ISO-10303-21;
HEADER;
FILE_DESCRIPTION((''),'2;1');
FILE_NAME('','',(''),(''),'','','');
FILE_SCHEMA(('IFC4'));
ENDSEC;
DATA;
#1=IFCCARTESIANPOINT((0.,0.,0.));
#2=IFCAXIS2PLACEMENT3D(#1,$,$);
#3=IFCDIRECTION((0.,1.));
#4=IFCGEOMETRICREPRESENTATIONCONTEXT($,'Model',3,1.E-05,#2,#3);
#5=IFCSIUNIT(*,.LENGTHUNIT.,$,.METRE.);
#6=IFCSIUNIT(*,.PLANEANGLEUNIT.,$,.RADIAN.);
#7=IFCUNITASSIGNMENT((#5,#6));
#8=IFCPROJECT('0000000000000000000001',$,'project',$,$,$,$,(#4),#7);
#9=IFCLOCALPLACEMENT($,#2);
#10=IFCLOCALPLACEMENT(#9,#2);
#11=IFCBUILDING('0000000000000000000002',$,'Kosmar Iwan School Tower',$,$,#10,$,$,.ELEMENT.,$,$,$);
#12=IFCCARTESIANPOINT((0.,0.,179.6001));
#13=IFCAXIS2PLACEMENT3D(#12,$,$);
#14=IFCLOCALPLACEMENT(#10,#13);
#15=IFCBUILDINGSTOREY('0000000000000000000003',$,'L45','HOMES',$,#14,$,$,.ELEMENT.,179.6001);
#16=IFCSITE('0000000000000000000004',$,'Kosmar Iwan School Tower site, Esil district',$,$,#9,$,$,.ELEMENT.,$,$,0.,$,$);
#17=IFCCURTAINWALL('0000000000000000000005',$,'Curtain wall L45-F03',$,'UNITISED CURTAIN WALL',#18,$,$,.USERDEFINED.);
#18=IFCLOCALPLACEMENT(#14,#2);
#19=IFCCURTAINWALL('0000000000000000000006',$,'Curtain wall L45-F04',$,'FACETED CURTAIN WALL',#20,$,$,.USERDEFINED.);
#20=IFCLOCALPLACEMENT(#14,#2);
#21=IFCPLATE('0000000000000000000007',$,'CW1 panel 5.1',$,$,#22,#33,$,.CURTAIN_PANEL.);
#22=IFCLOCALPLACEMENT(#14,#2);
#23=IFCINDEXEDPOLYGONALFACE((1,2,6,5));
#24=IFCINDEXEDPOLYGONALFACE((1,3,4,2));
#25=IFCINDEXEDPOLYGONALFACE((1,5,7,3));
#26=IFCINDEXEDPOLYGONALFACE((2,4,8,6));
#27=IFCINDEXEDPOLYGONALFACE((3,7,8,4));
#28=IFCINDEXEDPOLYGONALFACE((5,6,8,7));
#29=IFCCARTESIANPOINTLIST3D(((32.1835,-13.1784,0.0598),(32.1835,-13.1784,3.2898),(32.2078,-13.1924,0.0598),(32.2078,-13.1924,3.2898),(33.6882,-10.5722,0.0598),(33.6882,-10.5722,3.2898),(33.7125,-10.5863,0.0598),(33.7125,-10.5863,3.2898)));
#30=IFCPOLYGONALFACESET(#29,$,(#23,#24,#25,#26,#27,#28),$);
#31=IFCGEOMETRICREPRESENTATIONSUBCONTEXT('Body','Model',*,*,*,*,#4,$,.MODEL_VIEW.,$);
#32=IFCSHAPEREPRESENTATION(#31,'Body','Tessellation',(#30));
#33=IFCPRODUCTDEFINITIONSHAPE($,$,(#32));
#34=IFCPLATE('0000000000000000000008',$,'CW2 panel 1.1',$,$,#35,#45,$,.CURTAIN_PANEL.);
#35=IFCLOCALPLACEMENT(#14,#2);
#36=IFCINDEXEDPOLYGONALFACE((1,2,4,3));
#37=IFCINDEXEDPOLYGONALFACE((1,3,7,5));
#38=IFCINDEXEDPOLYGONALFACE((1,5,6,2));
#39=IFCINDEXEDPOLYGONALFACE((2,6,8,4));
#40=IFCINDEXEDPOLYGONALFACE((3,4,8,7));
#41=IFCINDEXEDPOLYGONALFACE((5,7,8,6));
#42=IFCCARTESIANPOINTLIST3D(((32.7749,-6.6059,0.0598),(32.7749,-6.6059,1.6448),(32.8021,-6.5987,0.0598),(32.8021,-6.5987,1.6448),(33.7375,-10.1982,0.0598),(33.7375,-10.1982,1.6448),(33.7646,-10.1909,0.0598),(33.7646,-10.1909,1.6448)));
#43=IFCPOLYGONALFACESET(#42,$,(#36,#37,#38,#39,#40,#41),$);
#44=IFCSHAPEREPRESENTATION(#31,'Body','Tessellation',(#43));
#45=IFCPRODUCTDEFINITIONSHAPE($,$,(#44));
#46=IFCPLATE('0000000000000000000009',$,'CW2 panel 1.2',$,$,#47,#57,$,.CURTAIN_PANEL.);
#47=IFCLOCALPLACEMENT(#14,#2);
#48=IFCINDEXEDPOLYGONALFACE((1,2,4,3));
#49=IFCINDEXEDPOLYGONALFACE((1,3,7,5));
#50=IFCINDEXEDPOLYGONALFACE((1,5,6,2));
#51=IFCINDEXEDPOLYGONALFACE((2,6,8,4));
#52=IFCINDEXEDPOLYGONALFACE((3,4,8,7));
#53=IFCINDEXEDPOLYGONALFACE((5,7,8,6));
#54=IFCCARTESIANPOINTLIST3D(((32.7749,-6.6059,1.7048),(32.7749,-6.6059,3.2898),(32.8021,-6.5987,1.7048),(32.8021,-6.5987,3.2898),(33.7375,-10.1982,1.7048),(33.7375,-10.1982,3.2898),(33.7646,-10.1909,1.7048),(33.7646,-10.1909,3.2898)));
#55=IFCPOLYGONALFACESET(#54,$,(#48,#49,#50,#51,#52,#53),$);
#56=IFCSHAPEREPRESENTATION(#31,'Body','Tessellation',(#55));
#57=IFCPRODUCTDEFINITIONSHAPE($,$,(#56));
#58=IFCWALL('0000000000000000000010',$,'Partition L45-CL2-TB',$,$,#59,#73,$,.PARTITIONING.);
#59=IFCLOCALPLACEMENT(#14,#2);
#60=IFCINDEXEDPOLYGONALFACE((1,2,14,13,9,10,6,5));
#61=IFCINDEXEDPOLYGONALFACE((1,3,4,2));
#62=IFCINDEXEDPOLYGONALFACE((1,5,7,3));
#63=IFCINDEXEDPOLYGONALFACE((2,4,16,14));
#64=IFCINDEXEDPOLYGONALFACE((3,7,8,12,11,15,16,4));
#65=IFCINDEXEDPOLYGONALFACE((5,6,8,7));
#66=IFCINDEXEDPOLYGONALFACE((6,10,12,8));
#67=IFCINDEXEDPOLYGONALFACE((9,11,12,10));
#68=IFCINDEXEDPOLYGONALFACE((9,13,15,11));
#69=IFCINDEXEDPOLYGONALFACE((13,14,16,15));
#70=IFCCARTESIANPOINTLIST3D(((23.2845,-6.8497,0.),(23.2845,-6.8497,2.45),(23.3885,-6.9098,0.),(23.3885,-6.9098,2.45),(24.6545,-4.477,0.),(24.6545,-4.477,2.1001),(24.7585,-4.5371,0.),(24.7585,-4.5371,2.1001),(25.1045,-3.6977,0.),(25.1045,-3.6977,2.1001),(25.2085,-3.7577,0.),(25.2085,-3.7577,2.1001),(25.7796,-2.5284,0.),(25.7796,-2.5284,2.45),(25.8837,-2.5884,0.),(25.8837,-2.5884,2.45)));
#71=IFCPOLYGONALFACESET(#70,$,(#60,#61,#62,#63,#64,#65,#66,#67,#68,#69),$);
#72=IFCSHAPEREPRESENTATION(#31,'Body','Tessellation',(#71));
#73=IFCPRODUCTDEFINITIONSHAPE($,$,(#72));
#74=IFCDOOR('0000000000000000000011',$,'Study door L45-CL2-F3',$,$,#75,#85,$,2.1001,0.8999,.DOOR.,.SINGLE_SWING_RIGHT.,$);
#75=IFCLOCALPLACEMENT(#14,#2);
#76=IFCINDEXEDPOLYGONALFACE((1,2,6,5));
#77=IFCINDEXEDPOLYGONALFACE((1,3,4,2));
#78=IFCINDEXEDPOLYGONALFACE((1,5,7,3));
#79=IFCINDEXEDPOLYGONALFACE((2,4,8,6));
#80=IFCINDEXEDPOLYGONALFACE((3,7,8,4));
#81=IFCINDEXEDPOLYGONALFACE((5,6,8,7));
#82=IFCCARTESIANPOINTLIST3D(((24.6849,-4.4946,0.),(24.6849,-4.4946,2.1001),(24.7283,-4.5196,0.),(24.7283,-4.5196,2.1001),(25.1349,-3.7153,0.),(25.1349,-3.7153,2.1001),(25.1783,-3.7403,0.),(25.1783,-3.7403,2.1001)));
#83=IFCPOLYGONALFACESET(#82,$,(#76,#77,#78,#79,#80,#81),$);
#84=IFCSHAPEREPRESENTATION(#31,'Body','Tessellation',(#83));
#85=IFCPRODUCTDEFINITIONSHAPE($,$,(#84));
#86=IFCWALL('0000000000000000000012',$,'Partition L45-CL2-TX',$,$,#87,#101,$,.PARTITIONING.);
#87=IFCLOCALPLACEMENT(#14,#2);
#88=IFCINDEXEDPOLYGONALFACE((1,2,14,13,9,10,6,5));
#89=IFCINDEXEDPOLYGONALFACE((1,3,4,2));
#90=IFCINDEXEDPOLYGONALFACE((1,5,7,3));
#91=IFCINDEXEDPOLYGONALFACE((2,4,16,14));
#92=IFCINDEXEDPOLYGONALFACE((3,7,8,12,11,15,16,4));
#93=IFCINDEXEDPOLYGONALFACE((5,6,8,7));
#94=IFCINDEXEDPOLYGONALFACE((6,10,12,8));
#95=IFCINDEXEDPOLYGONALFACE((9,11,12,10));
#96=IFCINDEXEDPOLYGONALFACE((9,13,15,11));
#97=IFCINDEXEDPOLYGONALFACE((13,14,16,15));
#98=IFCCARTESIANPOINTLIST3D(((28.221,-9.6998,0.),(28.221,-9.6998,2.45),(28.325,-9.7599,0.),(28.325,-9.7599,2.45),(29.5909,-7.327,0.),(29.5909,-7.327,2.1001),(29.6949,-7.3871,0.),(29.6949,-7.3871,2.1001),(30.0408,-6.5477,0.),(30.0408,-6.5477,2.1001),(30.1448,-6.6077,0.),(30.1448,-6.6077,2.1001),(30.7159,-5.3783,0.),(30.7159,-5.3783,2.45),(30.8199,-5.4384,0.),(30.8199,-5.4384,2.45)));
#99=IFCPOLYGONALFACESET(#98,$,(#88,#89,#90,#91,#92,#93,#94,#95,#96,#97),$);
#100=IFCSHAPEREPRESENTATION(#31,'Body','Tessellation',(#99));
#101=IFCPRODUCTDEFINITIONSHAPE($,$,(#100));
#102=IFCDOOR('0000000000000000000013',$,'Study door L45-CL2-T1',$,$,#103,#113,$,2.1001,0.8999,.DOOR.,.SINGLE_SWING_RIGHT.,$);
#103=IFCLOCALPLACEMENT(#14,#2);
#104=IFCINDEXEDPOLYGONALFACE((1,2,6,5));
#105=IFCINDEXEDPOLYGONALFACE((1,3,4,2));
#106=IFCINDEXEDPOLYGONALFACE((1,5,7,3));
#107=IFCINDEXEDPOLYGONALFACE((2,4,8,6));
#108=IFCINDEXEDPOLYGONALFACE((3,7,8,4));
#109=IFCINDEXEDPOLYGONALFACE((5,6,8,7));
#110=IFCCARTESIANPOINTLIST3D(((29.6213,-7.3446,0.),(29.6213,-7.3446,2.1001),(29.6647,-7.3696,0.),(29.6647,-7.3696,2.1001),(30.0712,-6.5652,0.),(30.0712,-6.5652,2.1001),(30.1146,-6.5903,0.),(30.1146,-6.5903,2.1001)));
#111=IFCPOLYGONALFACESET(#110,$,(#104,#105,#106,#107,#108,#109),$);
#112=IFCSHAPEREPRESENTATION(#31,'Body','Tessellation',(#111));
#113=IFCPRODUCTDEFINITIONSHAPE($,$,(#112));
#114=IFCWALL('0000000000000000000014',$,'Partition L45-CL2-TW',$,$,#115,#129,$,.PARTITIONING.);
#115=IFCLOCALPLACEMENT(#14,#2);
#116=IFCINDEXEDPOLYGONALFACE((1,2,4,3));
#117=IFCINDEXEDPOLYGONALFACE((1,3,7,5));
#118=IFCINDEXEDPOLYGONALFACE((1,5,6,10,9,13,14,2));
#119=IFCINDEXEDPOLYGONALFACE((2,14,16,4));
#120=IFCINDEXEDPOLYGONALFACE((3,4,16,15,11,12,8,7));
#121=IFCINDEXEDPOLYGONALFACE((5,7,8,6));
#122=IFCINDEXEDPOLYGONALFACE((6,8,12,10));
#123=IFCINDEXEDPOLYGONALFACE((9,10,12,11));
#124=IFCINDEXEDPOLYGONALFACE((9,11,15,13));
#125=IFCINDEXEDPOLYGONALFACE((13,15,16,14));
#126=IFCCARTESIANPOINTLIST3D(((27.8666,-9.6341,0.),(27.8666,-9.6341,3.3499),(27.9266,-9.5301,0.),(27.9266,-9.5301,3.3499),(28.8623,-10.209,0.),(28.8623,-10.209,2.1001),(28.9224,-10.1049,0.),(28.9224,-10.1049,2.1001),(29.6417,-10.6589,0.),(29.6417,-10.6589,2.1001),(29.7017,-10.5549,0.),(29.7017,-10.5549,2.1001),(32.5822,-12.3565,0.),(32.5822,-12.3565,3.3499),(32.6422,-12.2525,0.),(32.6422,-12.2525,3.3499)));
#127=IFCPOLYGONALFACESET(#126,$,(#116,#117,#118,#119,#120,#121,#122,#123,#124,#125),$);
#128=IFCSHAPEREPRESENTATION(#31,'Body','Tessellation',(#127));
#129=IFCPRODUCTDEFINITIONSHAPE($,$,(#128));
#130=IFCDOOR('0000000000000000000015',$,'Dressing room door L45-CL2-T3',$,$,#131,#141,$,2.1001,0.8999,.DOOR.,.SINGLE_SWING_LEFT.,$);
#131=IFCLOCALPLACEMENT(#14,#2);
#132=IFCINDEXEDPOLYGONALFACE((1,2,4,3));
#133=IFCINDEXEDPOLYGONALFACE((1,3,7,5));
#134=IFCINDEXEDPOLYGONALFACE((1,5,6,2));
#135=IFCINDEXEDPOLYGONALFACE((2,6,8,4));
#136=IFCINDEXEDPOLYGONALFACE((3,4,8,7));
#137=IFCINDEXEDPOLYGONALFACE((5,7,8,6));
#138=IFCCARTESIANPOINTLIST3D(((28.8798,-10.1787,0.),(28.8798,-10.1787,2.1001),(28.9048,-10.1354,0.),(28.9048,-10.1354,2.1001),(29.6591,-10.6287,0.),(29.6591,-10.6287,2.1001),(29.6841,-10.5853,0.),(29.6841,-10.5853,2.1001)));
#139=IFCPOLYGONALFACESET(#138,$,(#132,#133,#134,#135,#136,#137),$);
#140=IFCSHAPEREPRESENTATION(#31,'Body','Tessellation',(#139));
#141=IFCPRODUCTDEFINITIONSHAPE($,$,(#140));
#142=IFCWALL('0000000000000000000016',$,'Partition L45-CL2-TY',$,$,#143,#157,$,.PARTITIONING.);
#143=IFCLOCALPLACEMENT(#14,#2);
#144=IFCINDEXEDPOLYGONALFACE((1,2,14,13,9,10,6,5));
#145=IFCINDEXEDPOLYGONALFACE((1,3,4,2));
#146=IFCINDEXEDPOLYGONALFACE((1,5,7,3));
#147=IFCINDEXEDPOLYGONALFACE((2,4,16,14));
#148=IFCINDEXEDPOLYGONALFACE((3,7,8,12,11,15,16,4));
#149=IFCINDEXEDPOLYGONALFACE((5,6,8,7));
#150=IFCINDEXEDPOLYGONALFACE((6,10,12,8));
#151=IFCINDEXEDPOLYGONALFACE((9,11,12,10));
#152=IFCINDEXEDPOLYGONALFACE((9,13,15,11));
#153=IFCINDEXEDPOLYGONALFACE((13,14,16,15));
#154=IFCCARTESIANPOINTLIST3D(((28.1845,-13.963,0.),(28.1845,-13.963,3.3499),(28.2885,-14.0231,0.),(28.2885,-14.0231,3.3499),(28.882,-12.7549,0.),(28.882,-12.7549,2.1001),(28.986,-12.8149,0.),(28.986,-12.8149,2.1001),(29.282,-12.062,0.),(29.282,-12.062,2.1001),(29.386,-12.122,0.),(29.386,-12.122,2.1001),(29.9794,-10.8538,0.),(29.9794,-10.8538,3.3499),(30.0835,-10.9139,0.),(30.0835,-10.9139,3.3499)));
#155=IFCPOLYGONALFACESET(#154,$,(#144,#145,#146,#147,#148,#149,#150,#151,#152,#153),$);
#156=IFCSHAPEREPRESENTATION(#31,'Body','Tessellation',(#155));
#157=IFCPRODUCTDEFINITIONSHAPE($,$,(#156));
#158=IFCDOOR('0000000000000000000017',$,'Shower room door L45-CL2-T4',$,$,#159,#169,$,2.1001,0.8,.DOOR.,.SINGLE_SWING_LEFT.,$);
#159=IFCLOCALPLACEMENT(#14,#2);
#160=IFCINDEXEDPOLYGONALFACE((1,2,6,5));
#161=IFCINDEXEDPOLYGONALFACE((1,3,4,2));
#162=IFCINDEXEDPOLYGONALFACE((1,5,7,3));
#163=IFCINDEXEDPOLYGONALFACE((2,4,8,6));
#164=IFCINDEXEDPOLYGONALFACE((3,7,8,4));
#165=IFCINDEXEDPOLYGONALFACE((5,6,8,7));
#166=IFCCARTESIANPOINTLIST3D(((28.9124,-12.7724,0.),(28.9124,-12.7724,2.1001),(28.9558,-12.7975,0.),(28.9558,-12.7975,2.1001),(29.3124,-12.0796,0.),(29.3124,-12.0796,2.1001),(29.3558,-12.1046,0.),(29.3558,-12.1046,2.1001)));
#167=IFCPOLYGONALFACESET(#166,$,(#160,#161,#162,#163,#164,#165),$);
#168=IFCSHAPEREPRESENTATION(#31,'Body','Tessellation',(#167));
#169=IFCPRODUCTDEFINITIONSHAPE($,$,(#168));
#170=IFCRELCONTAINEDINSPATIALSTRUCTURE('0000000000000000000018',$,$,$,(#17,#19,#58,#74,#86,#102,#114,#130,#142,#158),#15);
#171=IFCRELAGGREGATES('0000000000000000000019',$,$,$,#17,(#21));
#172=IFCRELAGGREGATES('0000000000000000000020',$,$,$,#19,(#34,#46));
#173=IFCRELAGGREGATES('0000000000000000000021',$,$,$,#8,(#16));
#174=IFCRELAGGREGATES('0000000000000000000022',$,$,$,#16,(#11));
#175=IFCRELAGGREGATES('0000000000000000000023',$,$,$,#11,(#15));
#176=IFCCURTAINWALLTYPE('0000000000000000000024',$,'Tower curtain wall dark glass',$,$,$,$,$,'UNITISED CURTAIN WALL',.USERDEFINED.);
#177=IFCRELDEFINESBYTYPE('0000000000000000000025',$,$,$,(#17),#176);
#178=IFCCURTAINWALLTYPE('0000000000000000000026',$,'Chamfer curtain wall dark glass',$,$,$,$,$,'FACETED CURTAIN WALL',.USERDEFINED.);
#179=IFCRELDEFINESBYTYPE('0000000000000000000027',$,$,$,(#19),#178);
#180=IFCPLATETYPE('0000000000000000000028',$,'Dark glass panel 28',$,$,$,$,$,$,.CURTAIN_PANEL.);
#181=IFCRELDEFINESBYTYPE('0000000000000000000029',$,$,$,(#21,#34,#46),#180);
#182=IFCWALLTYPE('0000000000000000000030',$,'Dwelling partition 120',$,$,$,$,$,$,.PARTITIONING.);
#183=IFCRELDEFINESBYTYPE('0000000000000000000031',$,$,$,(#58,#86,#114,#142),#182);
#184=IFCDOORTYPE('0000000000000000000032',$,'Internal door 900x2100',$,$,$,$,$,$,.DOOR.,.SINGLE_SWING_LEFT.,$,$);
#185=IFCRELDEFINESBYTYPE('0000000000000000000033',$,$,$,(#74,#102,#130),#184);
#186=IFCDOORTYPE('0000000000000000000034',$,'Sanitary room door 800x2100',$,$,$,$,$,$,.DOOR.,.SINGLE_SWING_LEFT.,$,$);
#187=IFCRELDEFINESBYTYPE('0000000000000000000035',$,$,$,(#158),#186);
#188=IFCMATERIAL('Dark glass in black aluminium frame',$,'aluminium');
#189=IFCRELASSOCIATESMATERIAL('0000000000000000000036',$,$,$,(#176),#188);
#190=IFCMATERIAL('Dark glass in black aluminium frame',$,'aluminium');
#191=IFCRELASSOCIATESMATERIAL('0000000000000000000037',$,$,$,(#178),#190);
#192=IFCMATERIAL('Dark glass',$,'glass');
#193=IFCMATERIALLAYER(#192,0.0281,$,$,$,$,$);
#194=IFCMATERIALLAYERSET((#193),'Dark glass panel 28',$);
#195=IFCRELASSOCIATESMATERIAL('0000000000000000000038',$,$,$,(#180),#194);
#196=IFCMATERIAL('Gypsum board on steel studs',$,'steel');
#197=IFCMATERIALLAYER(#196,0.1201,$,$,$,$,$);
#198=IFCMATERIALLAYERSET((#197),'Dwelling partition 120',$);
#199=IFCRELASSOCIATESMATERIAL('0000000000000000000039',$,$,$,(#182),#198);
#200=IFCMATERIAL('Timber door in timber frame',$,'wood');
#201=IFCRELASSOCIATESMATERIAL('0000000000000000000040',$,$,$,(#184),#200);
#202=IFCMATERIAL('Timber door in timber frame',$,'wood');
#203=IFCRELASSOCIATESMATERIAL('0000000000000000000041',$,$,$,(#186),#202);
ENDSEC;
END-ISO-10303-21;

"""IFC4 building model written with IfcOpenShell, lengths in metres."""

from ifc_helpers import new_model, si_unit, direction, frame, frame_2d, origin, origin_2d, place, context, subcontext, project, spatial, rectangle, extrude, material, layer, layer_set, type_object, element, fill, aggregate, save


model = new_model("IFC4")

# Units and contexts
model_context = context("Model", 3, precision=1e-05, world=origin(), true_north=direction((0.0, 1.0)))
body_context = subcontext(model_context, "Body", "Model", "MODEL_VIEW")
ifc_project = project(units=[si_unit("LENGTHUNIT", "METRE"), si_unit("PLANEANGLEUNIT", "RADIAN")], contexts=[model_context])

# Site, building, storey
site_placement = place(None, origin())
site = spatial("IfcSite", under=ifc_project, at=site_placement, Name="Kosmar Iwan School Tower site, Esil district", CompositionType="ELEMENT", RefElevation=0.0)
building_placement = place(site_placement, origin())
building = spatial("IfcBuilding", under=site, at=building_placement, Name="Kosmar Iwan School Tower", CompositionType="ELEMENT")
storey_placement = place(building_placement, frame((0.0, 0.0, 179.6001)))
storey = spatial("IfcBuildingStorey", under=building, at=storey_placement, Name="L45", Description="HOMES", CompositionType="ELEMENT", Elevation=179.6001)

# Curtain wall
ifc_material_1 = material(Name="Dark glass in black aluminium frame", Category="aluminium")
curtain_wall_type_1 = type_object("IfcCurtainWallType", Name="Tower curtain wall dark glass", ElementType="UNITISED CURTAIN WALL", PredefinedType="USERDEFINED", material=ifc_material_1)
curtain_wall_1_placement = place(storey_placement, origin())
curtain_wall_1 = element("IfcCurtainWall", 1, at=curtain_wall_1_placement, inside=storey, type_object=curtain_wall_type_1, Name="Curtain wall L45-F03", ObjectType="UNITISED CURTAIN WALL", PredefinedType="USERDEFINED")

# Curtain wall
ifc_material_2 = material(Name="Dark glass in black aluminium frame", Category="aluminium")
curtain_wall_type_2 = type_object("IfcCurtainWallType", Name="Chamfer curtain wall dark glass", ElementType="FACETED CURTAIN WALL", PredefinedType="USERDEFINED", material=ifc_material_2)
curtain_wall_2_placement = place(storey_placement, origin())
curtain_wall_2 = element("IfcCurtainWall", 2, at=curtain_wall_2_placement, inside=storey, type_object=curtain_wall_type_2, Name="Curtain wall L45-F04", ObjectType="FACETED CURTAIN WALL", PredefinedType="USERDEFINED")

# Plates
ifc_material_3 = material(Name="Dark glass", Category="glass")
ifc_layer_1 = layer(ifc_material_3, 0.0281)
ifc_layer_set_1 = layer_set([ifc_layer_1], Name="Dark glass panel 28")
plate_type = type_object("IfcPlateType", Name="Dark glass panel 28", PredefinedType="CURTAIN_PANEL", material=ifc_layer_set_1)
plate_1_placement = place(storey_placement, frame((32.948, -11.8823, 0.0598), z_axis=(0.0, 0.0, 1.0), x_axis=(0.5, 0.866025, 0.0)))
plate_1 = element("IfcPlate", 3, at=plate_1_placement, type_object=plate_type, Name="CW1 panel 5.1", PredefinedType="CURTAIN_PANEL", context=body_context, shape_type="SweptSolid", body=[
    extrude(rectangle(XDim=3.0093, YDim=0.0281, at=origin_2d()), origin(), (0.0, 0.0, 1.0), 3.23),
])
aggregate(curtain_wall_1, [plate_1])
plate_2_placement = place(storey_placement, frame((33.2698, -8.3984, 0.0598), z_axis=(0.0, 0.0, 1.0), x_axis=(-0.258819, 0.965926, 0.0)))
plate_2 = element("IfcPlate", 4, at=plate_2_placement, type_object=plate_type, Name="CW2 panel 1.1", PredefinedType="CURTAIN_PANEL", context=body_context, shape_type="SweptSolid", body=[
    extrude(rectangle(XDim=3.719, YDim=0.0281, at=origin_2d()), origin(), (0.0, 0.0, 1.0), 1.585),
])
plate_3_placement = place(storey_placement, frame((33.2698, -8.3984, 1.7048), z_axis=(0.0, 0.0, 1.0), x_axis=(-0.258819, 0.965926, 0.0)))
plate_3 = element("IfcPlate", 5, at=plate_3_placement, type_object=plate_type, Name="CW2 panel 1.2", PredefinedType="CURTAIN_PANEL", context=body_context, shape_type="SweptSolid", body=[
    extrude(rectangle(XDim=3.719, YDim=0.0281, at=origin_2d()), origin(), (0.0, 0.0, 1.0), 1.585),
])
aggregate(curtain_wall_2, [plate_2, plate_3])

# Walls, openings, doors
ifc_material_4 = material(Name="Gypsum board on steel studs", Category="steel")
ifc_layer_2 = layer(ifc_material_4, 0.1201)
ifc_layer_set_2 = layer_set([ifc_layer_2], Name="Dwelling partition 120")
wall_type_1 = type_object("IfcWallType", Name="Dwelling partition 120", PredefinedType="PARTITIONING", material=ifc_layer_set_2)
wall_1_placement = place(storey_placement, frame((23.3364, -6.8799, 0.0), z_axis=(0.0, 0.0, 1.0), x_axis=(0.500033, 0.866006, 0.0)))
wall_1 = element("IfcWall", 6, at=wall_1_placement, inside=storey, type_object=wall_type_1, Name="Partition L45-CL2-TB", PredefinedType="PARTITIONING", context=body_context, shape_type="SweptSolid", body=[
    extrude(rectangle(XDim=4.99, YDim=0.1201, at=frame_2d((2.4951, 0.0))), origin(), (0.0, 0.0, 1.0), 2.45),
])
opening_1_placement = place(wall_1_placement, frame((2.74, 0.0, 0.0)))
opening_1 = element("IfcOpeningElement", 7, at=opening_1_placement, cuts=wall_1, PredefinedType="OPENING", context=body_context, shape_type="SweptSolid", body=[
    extrude(rectangle(XDim=0.8999, YDim=2.1001, at=frame_2d((0.45, 1.05))), frame((0.0, 0.072, 0.0), z_axis=(0.0, -1.0, 0.0), x_axis=(1.0, 0.0, 0.0)), (0.0, 0.0, 1.0), 0.144),
])
ifc_material_5 = material(Name="Timber door in timber frame", Category="wood")
door_type_1 = type_object("IfcDoorType", Name="Internal door 900x2100", OperationType="SINGLE_SWING_LEFT", PredefinedType="DOOR", material=ifc_material_5)
door_1_placement = place(opening_1_placement, origin())
door_1 = element("IfcDoor", 8, at=door_1_placement, inside=storey, type_object=door_type_1, Name="Study door L45-CL2-F3", OperationType="SINGLE_SWING_RIGHT", OverallHeight=2.1001, OverallWidth=0.8999, PredefinedType="DOOR", context=body_context, shape_type="SweptSolid", body=[
    extrude(rectangle(XDim=0.8999, YDim=2.1001, at=frame_2d((0.45, 1.05))), frame((0.0, 0.0249, 0.0), z_axis=(0.0, -1.0, 0.0), x_axis=(1.0, 0.0, 0.0)), (0.0, 0.0, 1.0), 0.05),
])
fill(opening_1, door_1)
wall_2_placement = place(storey_placement, frame((28.2729, -9.73, 0.0), z_axis=(0.0, 0.0, 1.0), x_axis=(0.499975, 0.86604, 0.0)))
wall_2 = element("IfcWall", 9, at=wall_2_placement, inside=storey, type_object=wall_type_1, Name="Partition L45-CL2-TX", PredefinedType="PARTITIONING", context=body_context, shape_type="SweptSolid", body=[
    extrude(rectangle(XDim=4.99, YDim=0.1201, at=frame_2d((2.4951, 0.0))), origin(), (0.0, 0.0, 1.0), 2.45),
])
opening_2_placement = place(wall_2_placement, frame((2.74, 0.0, 0.0)))
opening_2 = element("IfcOpeningElement", 10, at=opening_2_placement, cuts=wall_2, PredefinedType="OPENING", context=body_context, shape_type="SweptSolid", body=[
    extrude(rectangle(XDim=0.8999, YDim=2.1001, at=frame_2d((0.45, 1.05))), frame((0.0, 0.072, 0.0), z_axis=(0.0, -1.0, 0.0), x_axis=(1.0, 0.0, 0.0)), (0.0, 0.0, 1.0), 0.144),
])
door_2_placement = place(opening_2_placement, origin())
door_2 = element("IfcDoor", 11, at=door_2_placement, inside=storey, type_object=door_type_1, Name="Study door L45-CL2-T1", OperationType="SINGLE_SWING_RIGHT", OverallHeight=2.1001, OverallWidth=0.8999, PredefinedType="DOOR", context=body_context, shape_type="SweptSolid", body=[
    extrude(rectangle(XDim=0.8999, YDim=2.1001, at=frame_2d((0.45, 1.05))), frame((0.0, 0.0249, 0.0), z_axis=(0.0, -1.0, 0.0), x_axis=(1.0, 0.0, 0.0)), (0.0, 0.0, 1.0), 0.05),
])
fill(opening_2, door_2)
wall_3_placement = place(storey_placement, frame((27.8965, -9.582, 0.0), z_axis=(0.0, 0.0, 1.0), x_axis=(0.866036, -0.499982, 0.0)))
wall_3 = element("IfcWall", 12, at=wall_3_placement, inside=storey, type_object=wall_type_1, Name="Partition L45-CL2-TW", PredefinedType="PARTITIONING", context=body_context, shape_type="SweptSolid", body=[
    extrude(rectangle(XDim=5.4451, YDim=0.1201, at=frame_2d((2.7227, 0.0))), origin(), (0.0, 0.0, 1.0), 3.3499),
])
opening_3_placement = place(wall_3_placement, frame((1.1499, 0.0, 0.0)))
opening_3 = element("IfcOpeningElement", 13, at=opening_3_placement, cuts=wall_3, PredefinedType="OPENING", context=body_context, shape_type="SweptSolid", body=[
    extrude(rectangle(XDim=0.8999, YDim=2.1001, at=frame_2d((0.45, 1.05))), frame((0.0, 0.072, 0.0), z_axis=(0.0, -1.0, 0.0), x_axis=(1.0, 0.0, 0.0)), (0.0, 0.0, 1.0), 0.144),
])
door_3_placement = place(opening_3_placement, origin())
door_3 = element("IfcDoor", 14, at=door_3_placement, inside=storey, type_object=door_type_1, Name="Dressing room door L45-CL2-T3", OperationType="SINGLE_SWING_LEFT", OverallHeight=2.1001, OverallWidth=0.8999, PredefinedType="DOOR", context=body_context, shape_type="SweptSolid", body=[
    extrude(rectangle(XDim=0.8999, YDim=2.1001, at=frame_2d((0.45, 1.05))), frame((0.0, 0.0249, 0.0), z_axis=(0.0, -1.0, 0.0), x_axis=(1.0, 0.0, 0.0)), (0.0, 0.0, 1.0), 0.05),
])
fill(opening_3, door_3)
wall_4_placement = place(storey_placement, frame((28.2366, -13.9929, 0.0), z_axis=(0.0, 0.0, 1.0), x_axis=(0.499972, 0.866042, 0.0)))
wall_4 = element("IfcWall", 15, at=wall_4_placement, inside=storey, type_object=wall_type_1, Name="Partition L45-CL2-TY", PredefinedType="PARTITIONING", context=body_context, shape_type="SweptSolid", body=[
    extrude(rectangle(XDim=3.5901, YDim=0.1201, at=frame_2d((1.7949, 0.0))), origin(), (0.0, 0.0, 1.0), 3.3499),
])
opening_4_placement = place(wall_4_placement, frame((1.395, 0.0, 0.0)))
opening_4 = element("IfcOpeningElement", 16, at=opening_4_placement, cuts=wall_4, PredefinedType="OPENING", context=body_context, shape_type="SweptSolid", body=[
    extrude(rectangle(XDim=0.8, YDim=2.1001, at=frame_2d((0.3999, 1.05))), frame((0.0, 0.072, 0.0), z_axis=(0.0, -1.0, 0.0), x_axis=(1.0, 0.0, 0.0)), (0.0, 0.0, 1.0), 0.144),
])
ifc_material_6 = material(Name="Timber door in timber frame", Category="wood")
door_type_2 = type_object("IfcDoorType", Name="Sanitary room door 800x2100", OperationType="SINGLE_SWING_LEFT", PredefinedType="DOOR", material=ifc_material_6)
door_4_placement = place(opening_4_placement, origin())
door_4 = element("IfcDoor", 17, at=door_4_placement, inside=storey, type_object=door_type_2, Name="Shower room door L45-CL2-T4", OperationType="SINGLE_SWING_LEFT", OverallHeight=2.1001, OverallWidth=0.8, PredefinedType="DOOR", context=body_context, shape_type="SweptSolid", body=[
    extrude(rectangle(XDim=0.8, YDim=2.1001, at=frame_2d((0.3999, 1.05))), frame((0.0, 0.0249, 0.0), z_axis=(0.0, -1.0, 0.0), x_axis=(1.0, 0.0, 0.0)), (0.0, 0.0, 1.0), 0.05),
])
fill(opening_4, door_4)

save(model, "model.ifc")
